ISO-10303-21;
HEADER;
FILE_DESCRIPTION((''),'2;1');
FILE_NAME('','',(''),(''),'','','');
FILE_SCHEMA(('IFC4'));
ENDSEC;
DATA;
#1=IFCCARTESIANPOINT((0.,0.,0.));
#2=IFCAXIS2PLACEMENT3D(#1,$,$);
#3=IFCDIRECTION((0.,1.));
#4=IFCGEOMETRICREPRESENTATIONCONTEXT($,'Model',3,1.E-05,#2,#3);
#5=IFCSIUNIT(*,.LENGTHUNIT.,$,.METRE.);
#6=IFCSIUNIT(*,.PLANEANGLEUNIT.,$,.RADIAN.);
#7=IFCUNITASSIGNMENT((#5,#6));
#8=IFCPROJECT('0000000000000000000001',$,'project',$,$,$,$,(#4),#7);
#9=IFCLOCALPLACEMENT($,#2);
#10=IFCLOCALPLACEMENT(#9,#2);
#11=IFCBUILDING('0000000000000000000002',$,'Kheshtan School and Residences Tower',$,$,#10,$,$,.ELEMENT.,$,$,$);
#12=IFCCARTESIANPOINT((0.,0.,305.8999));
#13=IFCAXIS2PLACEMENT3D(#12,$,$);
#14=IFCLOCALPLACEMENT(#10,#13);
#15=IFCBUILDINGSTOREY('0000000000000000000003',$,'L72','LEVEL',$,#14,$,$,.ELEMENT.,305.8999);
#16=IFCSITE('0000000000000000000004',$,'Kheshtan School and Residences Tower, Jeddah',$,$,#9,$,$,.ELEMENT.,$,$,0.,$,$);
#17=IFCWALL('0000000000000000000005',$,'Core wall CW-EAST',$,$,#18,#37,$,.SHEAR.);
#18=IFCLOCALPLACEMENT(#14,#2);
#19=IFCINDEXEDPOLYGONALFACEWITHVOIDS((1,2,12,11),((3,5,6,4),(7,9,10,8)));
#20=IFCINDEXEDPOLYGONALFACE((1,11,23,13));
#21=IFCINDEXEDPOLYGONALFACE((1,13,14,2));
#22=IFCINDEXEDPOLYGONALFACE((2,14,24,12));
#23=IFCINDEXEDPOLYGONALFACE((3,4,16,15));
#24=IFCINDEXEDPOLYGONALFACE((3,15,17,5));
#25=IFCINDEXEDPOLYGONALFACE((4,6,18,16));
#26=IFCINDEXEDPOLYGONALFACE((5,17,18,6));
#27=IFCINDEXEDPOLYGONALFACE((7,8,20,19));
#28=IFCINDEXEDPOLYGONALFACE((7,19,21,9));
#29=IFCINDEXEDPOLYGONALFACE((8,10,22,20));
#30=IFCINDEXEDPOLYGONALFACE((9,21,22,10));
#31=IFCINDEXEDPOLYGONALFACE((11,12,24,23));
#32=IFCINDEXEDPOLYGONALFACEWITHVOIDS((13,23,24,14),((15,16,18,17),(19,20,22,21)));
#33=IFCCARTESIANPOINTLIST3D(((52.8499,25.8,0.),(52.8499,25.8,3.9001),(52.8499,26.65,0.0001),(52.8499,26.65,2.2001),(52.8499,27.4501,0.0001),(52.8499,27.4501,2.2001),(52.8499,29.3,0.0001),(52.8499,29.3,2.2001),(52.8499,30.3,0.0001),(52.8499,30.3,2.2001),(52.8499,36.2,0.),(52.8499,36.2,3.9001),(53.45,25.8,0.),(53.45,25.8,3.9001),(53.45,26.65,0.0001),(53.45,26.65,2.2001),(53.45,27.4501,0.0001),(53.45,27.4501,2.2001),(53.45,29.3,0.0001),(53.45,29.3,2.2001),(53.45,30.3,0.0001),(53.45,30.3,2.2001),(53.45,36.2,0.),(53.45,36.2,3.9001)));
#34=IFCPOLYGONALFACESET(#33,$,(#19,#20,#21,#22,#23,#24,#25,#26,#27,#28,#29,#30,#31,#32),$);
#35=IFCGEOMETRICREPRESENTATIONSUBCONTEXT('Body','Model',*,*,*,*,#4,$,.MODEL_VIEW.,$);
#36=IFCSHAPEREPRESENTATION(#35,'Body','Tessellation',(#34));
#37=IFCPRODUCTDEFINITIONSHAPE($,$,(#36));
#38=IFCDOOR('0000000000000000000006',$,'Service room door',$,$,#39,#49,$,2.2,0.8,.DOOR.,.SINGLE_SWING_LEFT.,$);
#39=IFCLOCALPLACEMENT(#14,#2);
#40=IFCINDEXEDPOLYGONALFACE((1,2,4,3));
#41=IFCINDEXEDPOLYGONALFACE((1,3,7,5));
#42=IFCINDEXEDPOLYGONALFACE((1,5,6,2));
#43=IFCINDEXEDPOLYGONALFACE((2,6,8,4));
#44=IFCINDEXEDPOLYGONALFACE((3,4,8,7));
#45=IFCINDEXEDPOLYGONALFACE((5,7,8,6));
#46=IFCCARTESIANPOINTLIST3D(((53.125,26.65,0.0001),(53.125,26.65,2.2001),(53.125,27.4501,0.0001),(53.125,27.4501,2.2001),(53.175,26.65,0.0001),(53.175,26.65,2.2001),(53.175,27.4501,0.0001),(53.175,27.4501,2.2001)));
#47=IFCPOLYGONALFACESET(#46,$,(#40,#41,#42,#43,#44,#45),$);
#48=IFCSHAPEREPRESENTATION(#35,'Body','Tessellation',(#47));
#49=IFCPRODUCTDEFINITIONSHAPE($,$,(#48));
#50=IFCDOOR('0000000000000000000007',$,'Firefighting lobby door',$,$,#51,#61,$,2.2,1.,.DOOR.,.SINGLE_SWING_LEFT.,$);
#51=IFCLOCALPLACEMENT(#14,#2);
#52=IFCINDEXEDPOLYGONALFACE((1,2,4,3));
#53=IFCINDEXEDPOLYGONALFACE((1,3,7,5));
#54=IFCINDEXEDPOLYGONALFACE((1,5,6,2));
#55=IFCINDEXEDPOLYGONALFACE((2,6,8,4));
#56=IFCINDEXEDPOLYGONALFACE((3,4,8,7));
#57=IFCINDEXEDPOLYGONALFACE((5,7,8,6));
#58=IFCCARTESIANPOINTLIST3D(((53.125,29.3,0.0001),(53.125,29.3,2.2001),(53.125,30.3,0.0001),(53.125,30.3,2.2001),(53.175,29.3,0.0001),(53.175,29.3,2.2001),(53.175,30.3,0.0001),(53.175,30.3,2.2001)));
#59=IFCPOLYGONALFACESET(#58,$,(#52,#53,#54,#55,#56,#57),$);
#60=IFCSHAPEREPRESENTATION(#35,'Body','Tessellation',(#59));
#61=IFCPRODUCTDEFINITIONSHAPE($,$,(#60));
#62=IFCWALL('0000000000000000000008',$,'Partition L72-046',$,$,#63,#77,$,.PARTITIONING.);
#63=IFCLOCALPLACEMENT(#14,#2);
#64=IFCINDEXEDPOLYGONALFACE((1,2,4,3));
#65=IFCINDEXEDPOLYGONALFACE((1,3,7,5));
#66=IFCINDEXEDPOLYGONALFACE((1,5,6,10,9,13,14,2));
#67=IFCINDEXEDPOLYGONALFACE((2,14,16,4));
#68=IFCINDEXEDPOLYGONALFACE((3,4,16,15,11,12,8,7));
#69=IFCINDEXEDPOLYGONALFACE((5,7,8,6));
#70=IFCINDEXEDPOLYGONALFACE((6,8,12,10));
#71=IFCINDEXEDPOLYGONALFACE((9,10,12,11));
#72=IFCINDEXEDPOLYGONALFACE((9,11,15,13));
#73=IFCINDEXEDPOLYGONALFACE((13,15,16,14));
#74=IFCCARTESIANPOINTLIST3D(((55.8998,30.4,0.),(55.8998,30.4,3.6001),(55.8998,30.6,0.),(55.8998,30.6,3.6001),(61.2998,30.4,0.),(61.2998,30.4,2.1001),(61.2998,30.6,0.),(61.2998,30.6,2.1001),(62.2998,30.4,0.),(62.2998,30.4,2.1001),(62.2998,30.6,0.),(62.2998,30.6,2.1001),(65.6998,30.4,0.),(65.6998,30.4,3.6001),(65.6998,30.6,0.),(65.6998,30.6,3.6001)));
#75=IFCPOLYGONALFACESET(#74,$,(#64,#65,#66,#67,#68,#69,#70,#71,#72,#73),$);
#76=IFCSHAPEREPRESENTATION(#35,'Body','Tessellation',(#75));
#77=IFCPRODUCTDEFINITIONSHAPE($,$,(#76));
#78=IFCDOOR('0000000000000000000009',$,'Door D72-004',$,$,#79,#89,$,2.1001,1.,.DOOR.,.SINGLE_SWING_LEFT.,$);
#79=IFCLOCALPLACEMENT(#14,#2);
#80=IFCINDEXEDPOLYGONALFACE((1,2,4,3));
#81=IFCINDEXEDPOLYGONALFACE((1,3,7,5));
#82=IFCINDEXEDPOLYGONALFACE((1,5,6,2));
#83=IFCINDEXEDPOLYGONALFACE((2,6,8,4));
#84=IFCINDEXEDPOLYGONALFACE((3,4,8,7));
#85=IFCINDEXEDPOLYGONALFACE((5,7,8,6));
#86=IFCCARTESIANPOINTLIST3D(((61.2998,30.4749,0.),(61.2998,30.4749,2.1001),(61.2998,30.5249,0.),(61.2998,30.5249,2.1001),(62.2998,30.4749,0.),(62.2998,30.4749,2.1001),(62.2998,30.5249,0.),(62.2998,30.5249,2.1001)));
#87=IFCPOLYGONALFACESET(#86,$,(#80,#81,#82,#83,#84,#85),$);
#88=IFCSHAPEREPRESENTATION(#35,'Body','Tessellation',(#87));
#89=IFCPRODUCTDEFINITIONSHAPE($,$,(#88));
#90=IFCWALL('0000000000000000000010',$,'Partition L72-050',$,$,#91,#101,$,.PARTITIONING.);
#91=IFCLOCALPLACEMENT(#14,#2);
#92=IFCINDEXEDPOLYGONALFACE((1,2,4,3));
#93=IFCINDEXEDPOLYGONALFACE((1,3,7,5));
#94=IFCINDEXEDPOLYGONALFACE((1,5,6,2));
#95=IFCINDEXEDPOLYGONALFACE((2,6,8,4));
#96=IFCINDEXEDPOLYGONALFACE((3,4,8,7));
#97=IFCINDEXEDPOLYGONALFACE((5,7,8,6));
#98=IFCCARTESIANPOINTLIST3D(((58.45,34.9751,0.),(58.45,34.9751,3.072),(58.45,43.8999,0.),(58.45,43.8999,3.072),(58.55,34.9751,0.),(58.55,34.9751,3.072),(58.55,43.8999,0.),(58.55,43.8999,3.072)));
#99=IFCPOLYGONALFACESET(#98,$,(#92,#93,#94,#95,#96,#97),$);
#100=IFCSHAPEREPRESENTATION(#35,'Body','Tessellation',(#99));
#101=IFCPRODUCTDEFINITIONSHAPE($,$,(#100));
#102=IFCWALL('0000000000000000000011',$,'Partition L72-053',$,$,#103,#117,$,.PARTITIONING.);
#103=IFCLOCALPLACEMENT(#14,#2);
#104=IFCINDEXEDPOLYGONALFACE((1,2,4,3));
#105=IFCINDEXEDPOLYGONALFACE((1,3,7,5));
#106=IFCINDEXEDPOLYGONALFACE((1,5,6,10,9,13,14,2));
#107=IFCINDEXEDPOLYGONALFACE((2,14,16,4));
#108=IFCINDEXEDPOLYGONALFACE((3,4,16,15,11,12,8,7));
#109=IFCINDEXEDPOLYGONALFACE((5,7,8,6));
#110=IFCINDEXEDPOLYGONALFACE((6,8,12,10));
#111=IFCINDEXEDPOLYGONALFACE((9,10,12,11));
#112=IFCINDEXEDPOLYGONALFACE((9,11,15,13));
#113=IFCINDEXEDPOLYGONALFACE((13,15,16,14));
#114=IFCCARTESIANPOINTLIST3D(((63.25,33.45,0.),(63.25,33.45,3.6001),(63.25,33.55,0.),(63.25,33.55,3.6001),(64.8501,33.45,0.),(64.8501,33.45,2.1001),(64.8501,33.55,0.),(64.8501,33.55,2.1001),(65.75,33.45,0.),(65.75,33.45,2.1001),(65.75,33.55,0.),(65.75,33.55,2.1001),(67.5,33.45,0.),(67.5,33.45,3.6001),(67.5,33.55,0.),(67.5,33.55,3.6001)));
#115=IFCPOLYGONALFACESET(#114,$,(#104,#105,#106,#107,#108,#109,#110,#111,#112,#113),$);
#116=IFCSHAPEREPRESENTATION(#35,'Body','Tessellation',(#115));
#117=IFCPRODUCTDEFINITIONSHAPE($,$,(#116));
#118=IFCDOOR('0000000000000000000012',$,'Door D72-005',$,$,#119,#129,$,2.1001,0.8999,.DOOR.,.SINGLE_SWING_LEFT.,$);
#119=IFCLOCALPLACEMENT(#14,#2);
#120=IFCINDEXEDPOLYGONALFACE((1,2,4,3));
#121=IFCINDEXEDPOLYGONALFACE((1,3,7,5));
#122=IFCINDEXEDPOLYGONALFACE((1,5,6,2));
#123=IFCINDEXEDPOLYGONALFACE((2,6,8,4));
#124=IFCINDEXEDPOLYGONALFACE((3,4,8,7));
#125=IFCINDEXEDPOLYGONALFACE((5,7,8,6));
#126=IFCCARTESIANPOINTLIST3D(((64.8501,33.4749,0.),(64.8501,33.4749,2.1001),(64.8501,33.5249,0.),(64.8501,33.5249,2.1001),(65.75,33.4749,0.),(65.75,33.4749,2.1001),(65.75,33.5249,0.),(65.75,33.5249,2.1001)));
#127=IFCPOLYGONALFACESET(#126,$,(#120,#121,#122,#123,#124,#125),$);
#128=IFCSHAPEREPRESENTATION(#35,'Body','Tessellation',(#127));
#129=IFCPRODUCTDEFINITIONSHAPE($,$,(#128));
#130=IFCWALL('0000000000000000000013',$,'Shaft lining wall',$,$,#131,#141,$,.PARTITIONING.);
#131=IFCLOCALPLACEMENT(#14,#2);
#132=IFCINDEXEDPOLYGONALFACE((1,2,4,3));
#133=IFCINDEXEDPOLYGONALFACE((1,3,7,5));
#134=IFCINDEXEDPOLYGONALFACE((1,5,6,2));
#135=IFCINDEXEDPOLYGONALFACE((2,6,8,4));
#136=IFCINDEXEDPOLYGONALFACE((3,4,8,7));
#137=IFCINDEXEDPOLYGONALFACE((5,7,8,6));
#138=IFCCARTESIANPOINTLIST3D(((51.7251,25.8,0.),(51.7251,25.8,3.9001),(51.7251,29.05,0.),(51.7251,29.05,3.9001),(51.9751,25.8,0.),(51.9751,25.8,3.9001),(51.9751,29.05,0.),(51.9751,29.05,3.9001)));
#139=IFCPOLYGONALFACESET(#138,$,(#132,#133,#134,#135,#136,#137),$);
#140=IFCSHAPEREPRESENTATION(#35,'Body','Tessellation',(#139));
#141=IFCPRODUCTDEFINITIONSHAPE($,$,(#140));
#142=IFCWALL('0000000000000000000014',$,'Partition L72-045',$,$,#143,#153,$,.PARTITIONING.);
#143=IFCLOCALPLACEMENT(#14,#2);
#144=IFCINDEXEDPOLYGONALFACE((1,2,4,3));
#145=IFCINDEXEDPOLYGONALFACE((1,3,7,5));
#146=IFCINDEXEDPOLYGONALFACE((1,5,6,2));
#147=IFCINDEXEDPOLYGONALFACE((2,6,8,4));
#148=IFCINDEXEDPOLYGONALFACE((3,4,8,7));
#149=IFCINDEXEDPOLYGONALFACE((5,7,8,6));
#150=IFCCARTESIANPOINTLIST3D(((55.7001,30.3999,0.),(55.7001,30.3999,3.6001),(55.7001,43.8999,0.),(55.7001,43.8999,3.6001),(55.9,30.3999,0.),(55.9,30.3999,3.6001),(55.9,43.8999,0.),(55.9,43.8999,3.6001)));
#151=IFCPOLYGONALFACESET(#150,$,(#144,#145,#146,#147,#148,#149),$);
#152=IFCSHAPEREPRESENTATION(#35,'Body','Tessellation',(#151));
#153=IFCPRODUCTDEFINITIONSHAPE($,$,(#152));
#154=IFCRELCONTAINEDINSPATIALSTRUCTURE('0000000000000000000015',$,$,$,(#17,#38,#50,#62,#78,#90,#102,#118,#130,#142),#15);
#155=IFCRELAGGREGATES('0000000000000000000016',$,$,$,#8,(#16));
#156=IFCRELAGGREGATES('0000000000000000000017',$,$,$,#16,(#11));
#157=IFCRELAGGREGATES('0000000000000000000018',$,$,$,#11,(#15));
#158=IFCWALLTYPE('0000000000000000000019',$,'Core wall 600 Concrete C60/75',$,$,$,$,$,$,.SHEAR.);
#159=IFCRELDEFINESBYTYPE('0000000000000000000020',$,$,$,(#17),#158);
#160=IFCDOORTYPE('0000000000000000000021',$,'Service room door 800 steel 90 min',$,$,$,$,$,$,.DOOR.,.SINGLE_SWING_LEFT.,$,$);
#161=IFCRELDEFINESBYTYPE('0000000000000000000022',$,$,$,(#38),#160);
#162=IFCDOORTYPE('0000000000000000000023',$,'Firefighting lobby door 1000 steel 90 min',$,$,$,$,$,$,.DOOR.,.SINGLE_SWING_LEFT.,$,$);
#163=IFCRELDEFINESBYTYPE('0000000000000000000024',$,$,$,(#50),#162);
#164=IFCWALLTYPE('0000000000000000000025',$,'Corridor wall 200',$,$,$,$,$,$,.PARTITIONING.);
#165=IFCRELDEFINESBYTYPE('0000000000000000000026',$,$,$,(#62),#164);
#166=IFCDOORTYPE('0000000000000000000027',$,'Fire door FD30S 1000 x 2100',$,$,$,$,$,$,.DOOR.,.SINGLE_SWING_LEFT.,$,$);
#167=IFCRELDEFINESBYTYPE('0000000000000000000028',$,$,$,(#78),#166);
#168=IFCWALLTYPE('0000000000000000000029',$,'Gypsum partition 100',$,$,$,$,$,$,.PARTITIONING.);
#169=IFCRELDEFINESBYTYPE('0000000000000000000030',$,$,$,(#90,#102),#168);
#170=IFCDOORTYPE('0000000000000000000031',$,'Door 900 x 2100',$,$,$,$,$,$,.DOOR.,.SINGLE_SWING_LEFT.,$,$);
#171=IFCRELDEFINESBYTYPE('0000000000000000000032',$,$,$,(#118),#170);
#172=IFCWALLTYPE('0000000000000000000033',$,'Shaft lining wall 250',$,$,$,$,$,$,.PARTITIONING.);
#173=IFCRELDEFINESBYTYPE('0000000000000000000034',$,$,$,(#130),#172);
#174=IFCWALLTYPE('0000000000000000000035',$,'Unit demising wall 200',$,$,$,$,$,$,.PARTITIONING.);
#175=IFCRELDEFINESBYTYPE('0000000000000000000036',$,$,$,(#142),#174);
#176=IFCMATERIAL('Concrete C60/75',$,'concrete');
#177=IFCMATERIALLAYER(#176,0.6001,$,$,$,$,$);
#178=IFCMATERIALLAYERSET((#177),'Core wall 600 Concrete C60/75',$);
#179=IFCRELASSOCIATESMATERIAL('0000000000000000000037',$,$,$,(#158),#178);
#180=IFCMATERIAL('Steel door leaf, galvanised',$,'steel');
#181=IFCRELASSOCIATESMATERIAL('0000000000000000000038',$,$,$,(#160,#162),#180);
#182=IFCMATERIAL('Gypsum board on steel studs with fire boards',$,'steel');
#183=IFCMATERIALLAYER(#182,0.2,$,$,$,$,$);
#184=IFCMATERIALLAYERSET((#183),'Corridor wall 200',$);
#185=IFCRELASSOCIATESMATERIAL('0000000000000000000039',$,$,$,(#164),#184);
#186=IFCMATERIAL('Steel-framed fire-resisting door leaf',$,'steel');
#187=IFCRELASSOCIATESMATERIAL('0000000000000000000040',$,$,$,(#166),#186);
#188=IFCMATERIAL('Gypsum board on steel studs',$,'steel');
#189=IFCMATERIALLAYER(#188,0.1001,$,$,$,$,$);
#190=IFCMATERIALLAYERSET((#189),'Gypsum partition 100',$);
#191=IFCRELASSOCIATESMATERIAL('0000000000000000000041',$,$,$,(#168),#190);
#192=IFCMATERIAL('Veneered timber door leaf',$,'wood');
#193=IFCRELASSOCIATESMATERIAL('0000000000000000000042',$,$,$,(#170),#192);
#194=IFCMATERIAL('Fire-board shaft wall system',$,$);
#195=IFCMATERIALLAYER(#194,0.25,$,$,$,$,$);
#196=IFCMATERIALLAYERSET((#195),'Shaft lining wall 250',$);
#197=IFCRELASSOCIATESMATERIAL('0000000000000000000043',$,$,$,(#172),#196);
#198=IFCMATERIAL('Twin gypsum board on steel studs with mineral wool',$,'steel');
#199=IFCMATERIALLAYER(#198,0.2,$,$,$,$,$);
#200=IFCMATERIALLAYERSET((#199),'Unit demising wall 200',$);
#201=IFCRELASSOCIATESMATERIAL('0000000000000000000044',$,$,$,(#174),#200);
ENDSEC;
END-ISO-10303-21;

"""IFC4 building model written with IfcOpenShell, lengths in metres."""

from ifc_helpers import new_model, si_unit, direction, frame, frame_2d, origin, place, context, subcontext, project, spatial, rectangle, extrude, source, transform, mapped, material, layer, layer_set, type_object, element, fill, save


model = new_model("IFC4")

# Units and contexts
model_context = context("Model", 3, precision=1e-05, world=origin(), true_north=direction((0.0, 1.0)))
body_context = subcontext(model_context, "Body", "Model", "MODEL_VIEW")
ifc_project = project(units=[si_unit("LENGTHUNIT", "METRE"), si_unit("PLANEANGLEUNIT", "RADIAN")], contexts=[model_context])

# Site, building, storey
site_placement = place(None, origin())
site = spatial("IfcSite", under=ifc_project, at=site_placement, Name="Kheshtan School and Residences Tower, Jeddah", CompositionType="ELEMENT", RefElevation=0.0)
building_placement = place(site_placement, origin())
building = spatial("IfcBuilding", under=site, at=building_placement, Name="Kheshtan School and Residences Tower", CompositionType="ELEMENT")
storey_placement = place(building_placement, frame((0.0, 0.0, 305.8999)))
storey = spatial("IfcBuildingStorey", under=building, at=storey_placement, Name="L72", Description="LEVEL", CompositionType="ELEMENT", Elevation=305.8999)

# Wall, openings, doors
ifc_material_1 = material(Name="Concrete C60/75", Category="concrete")
ifc_layer_1 = layer(ifc_material_1, 0.6001)
ifc_layer_set_1 = layer_set([ifc_layer_1], Name="Core wall 600 Concrete C60/75")
wall_type_1 = type_object("IfcWallType", Name="Core wall 600 Concrete C60/75", PredefinedType="SHEAR", material=ifc_layer_set_1)
wall_1_placement = place(storey_placement, frame((53.1499, 25.8, 0.0), z_axis=(0.0, 0.0, 1.0), x_axis=(0.0, 1.0, 0.0)))
wall_1 = element("IfcWall", 1, at=wall_1_placement, inside=storey, type_object=wall_type_1, Name="Core wall CW-EAST", PredefinedType="SHEAR", context=body_context, shape_type="SweptSolid", body=[
    extrude(rectangle(XDim=10.3999, YDim=0.6001, at=frame_2d((5.2, 0.0))), origin(), (0.0, 0.0, 1.0), 3.9001),
])
opening_1_placement = place(wall_1_placement, frame((0.8501, 0.0, 0.0)))
opening_1 = element("IfcOpeningElement", 2, at=opening_1_placement, cuts=wall_1, PredefinedType="OPENING", context=body_context, shape_type="SweptSolid", body=[
    extrude(rectangle(XDim=0.8, YDim=2.2, at=frame_2d((0.3999, 1.1001))), frame((0.0, 0.3101, 0.0), z_axis=(0.0, -1.0, 0.0), x_axis=(1.0, 0.0, 0.0)), (0.0, 0.0, 1.0), 0.6201),
])
opening_2_placement = place(wall_1_placement, frame((3.5, 0.0, 0.0)))
opening_2 = element("IfcOpeningElement", 3, at=opening_2_placement, cuts=wall_1, PredefinedType="OPENING", context=body_context, shape_type="SweptSolid", body=[
    extrude(rectangle(XDim=1.0, YDim=2.2, at=frame_2d((0.5, 1.1001))), frame((0.0, 0.3101, 0.0), z_axis=(0.0, -1.0, 0.0), x_axis=(1.0, 0.0, 0.0)), (0.0, 0.0, 1.0), 0.6201),
])
ifc_material_2 = material(Name="Steel door leaf, galvanised", Category="steel")
door_type_1 = type_object("IfcDoorType", Name="Service room door 800 steel 90 min", OperationType="SINGLE_SWING_LEFT", PredefinedType="DOOR", material=ifc_material_2)
shared_shape_1 = source(origin(), body_context, "Body", "SweptSolid", [
    extrude(rectangle(XDim=0.8, YDim=2.2, at=frame_2d((0.3999, 1.1001))), frame((0.0, 0.0249, 0.0), z_axis=(0.0, -1.0, 0.0), x_axis=(1.0, 0.0, 0.0)), (0.0, 0.0, 1.0), 0.05),
])
door_1_placement = place(opening_1_placement, origin())
door_1 = element("IfcDoor", 4, at=door_1_placement, inside=storey, type_object=door_type_1, Name="Service room door", OperationType="SINGLE_SWING_LEFT", OverallHeight=2.2, OverallWidth=0.8, PredefinedType="DOOR", context=body_context, shape_type="MappedRepresentation", body=[
    mapped(shared_shape_1, transform((0.0, 0.0, 0.0), x_axis=(1.0, 0.0, 0.0), y_axis=(0.0, 1.0, 0.0), z_axis=(0.0, 0.0, 1.0), scale=1.0)),
])
fill(opening_1, door_1)
door_type_2 = type_object("IfcDoorType", Name="Firefighting lobby door 1000 steel 90 min", OperationType="SINGLE_SWING_LEFT", PredefinedType="DOOR", material=ifc_material_2)
shared_shape_2 = source(origin(), body_context, "Body", "SweptSolid", [
    extrude(rectangle(XDim=1.0, YDim=2.2, at=frame_2d((0.5, 1.1001))), frame((0.0, 0.0249, 0.0), z_axis=(0.0, -1.0, 0.0), x_axis=(1.0, 0.0, 0.0)), (0.0, 0.0, 1.0), 0.05),
])
door_2_placement = place(opening_2_placement, origin())
door_2 = element("IfcDoor", 5, at=door_2_placement, inside=storey, type_object=door_type_2, Name="Firefighting lobby door", OperationType="SINGLE_SWING_LEFT", OverallHeight=2.2, OverallWidth=1.0, PredefinedType="DOOR", context=body_context, shape_type="MappedRepresentation", body=[
    mapped(shared_shape_2, transform((0.0, 0.0, 0.0), x_axis=(1.0, 0.0, 0.0), y_axis=(0.0, 1.0, 0.0), z_axis=(0.0, 0.0, 1.0), scale=1.0)),
])
fill(opening_2, door_2)

# Wall, opening, door
ifc_material_3 = material(Name="Gypsum board on steel studs with fire boards", Category="steel")
ifc_layer_2 = layer(ifc_material_3, 0.2)
ifc_layer_set_2 = layer_set([ifc_layer_2], Name="Corridor wall 200")
wall_type_2 = type_object("IfcWallType", Name="Corridor wall 200", PredefinedType="PARTITIONING", material=ifc_layer_set_2)
wall_2_placement = place(storey_placement, frame((55.8999, 30.5, 0.0), z_axis=(0.0, 0.0, 1.0), x_axis=(1.0, 0.0, 0.0)))
wall_2 = element("IfcWall", 6, at=wall_2_placement, inside=storey, type_object=wall_type_2, Name="Partition L72-046", PredefinedType="PARTITIONING", context=body_context, shape_type="SweptSolid", body=[
    extrude(rectangle(XDim=9.8, YDim=0.2, at=frame_2d((4.8999, 0.0))), origin(), (0.0, 0.0, 1.0), 3.6001),
])
opening_3_placement = place(wall_2_placement, frame((5.3999, 0.0, 0.0)))
opening_3 = element("IfcOpeningElement", 7, at=opening_3_placement, cuts=wall_2, PredefinedType="OPENING", context=body_context, shape_type="SweptSolid", body=[
    extrude(rectangle(XDim=1.0, YDim=2.1001, at=frame_2d((0.5, 1.05))), frame((0.0, 0.1099, 0.0), z_axis=(0.0, -1.0, 0.0), x_axis=(1.0, 0.0, 0.0)), (0.0, 0.0, 1.0), 0.22),
])
ifc_material_4 = material(Name="Steel-framed fire-resisting door leaf", Category="steel")
door_type_3 = type_object("IfcDoorType", Name="Fire door FD30S 1000 x 2100", OperationType="SINGLE_SWING_LEFT", PredefinedType="DOOR", material=ifc_material_4)
shared_shape_3 = source(origin(), body_context, "Body", "SweptSolid", [
    extrude(rectangle(XDim=1.0, YDim=2.1001, at=frame_2d((0.5, 1.05))), frame((0.0, 0.0249, 0.0), z_axis=(0.0, -1.0, 0.0), x_axis=(1.0, 0.0, 0.0)), (0.0, 0.0, 1.0), 0.05),
])
door_3_placement = place(opening_3_placement, origin())
door_3 = element("IfcDoor", 8, at=door_3_placement, inside=storey, type_object=door_type_3, Name="Door D72-004", OperationType="SINGLE_SWING_LEFT", OverallHeight=2.1001, OverallWidth=1.0, PredefinedType="DOOR", context=body_context, shape_type="MappedRepresentation", body=[
    mapped(shared_shape_3, transform((0.0, 0.0, 0.0), x_axis=(1.0, 0.0, 0.0), y_axis=(0.0, 1.0, 0.0), z_axis=(0.0, 0.0, 1.0), scale=1.0)),
])
fill(opening_3, door_3)

# Wall
ifc_material_5 = material(Name="Gypsum board on steel studs", Category="steel")
ifc_layer_3 = layer(ifc_material_5, 0.1001)
ifc_layer_set_3 = layer_set([ifc_layer_3], Name="Gypsum partition 100")
wall_type_3 = type_object("IfcWallType", Name="Gypsum partition 100", PredefinedType="PARTITIONING", material=ifc_layer_set_3)
wall_3_placement = place(storey_placement, frame((58.5, 34.9751, 0.0), z_axis=(0.0, 0.0, 1.0), x_axis=(0.0, 1.0, 0.0)))
element("IfcWall", 9, at=wall_3_placement, inside=storey, type_object=wall_type_3, Name="Partition L72-050", PredefinedType="PARTITIONING", context=body_context, shape_type="SweptSolid", body=[
    extrude(rectangle(XDim=8.9248, YDim=0.1001, at=frame_2d((4.4624, 0.0))), origin(), (0.0, 0.0, 1.0), 3.072),
])

# Wall, opening, door
wall_4_placement = place(storey_placement, frame((63.25, 33.5, 0.0), z_axis=(0.0, 0.0, 1.0), x_axis=(1.0, 0.0, 0.0)))
wall_4 = element("IfcWall", 10, at=wall_4_placement, inside=storey, type_object=wall_type_3, Name="Partition L72-053", PredefinedType="PARTITIONING", context=body_context, shape_type="SweptSolid", body=[
    extrude(rectangle(XDim=4.25, YDim=0.1001, at=frame_2d((2.125, 0.0))), origin(), (0.0, 0.0, 1.0), 3.6001),
])
opening_4_placement = place(wall_4_placement, frame((1.6001, 0.0, 0.0)))
opening_4 = element("IfcOpeningElement", 11, at=opening_4_placement, cuts=wall_4, PredefinedType="OPENING", context=body_context, shape_type="SweptSolid", body=[
    extrude(rectangle(XDim=0.8999, YDim=2.1001, at=frame_2d((0.45, 1.05))), frame((0.0, 0.0601, 0.0), z_axis=(0.0, -1.0, 0.0), x_axis=(1.0, 0.0, 0.0)), (0.0, 0.0, 1.0), 0.1201),
])
ifc_material_6 = material(Name="Veneered timber door leaf", Category="wood")
door_type_4 = type_object("IfcDoorType", Name="Door 900 x 2100", OperationType="SINGLE_SWING_LEFT", PredefinedType="DOOR", material=ifc_material_6)
shared_shape_4 = source(origin(), body_context, "Body", "SweptSolid", [
    extrude(rectangle(XDim=0.8999, YDim=2.1001, at=frame_2d((0.45, 1.05))), frame((0.0, 0.0249, 0.0), z_axis=(0.0, -1.0, 0.0), x_axis=(1.0, 0.0, 0.0)), (0.0, 0.0, 1.0), 0.05),
])
door_4_placement = place(opening_4_placement, origin())
door_4 = element("IfcDoor", 12, at=door_4_placement, inside=storey, type_object=door_type_4, Name="Door D72-005", OperationType="SINGLE_SWING_LEFT", OverallHeight=2.1001, OverallWidth=0.8999, PredefinedType="DOOR", context=body_context, shape_type="MappedRepresentation", body=[
    mapped(shared_shape_4, transform((0.0, 0.0, 0.0), x_axis=(1.0, 0.0, 0.0), y_axis=(0.0, 1.0, 0.0), z_axis=(0.0, 0.0, 1.0), scale=1.0)),
])
fill(opening_4, door_4)

# Walls
ifc_material_7 = material(Name="Fire-board shaft wall system")
ifc_layer_4 = layer(ifc_material_7, 0.25)
ifc_layer_set_4 = layer_set([ifc_layer_4], Name="Shaft lining wall 250")
wall_type_4 = type_object("IfcWallType", Name="Shaft lining wall 250", PredefinedType="PARTITIONING", material=ifc_layer_set_4)
wall_5_placement = place(storey_placement, frame((51.8501, 25.8, 0.0), z_axis=(0.0, 0.0, 1.0), x_axis=(0.0, 1.0, 0.0)))
element("IfcWall", 13, at=wall_5_placement, inside=storey, type_object=wall_type_4, Name="Shaft lining wall", PredefinedType="PARTITIONING", context=body_context, shape_type="SweptSolid", body=[
    extrude(rectangle(XDim=3.25, YDim=0.25, at=frame_2d((1.625, 0.0))), origin(), (0.0, 0.0, 1.0), 3.9001),
])
ifc_material_8 = material(Name="Twin gypsum board on steel studs with mineral wool", Category="steel")
ifc_layer_5 = layer(ifc_material_8, 0.2)
ifc_layer_set_5 = layer_set([ifc_layer_5], Name="Unit demising wall 200")
wall_type_5 = type_object("IfcWallType", Name="Unit demising wall 200", PredefinedType="PARTITIONING", material=ifc_layer_set_5)
wall_6_placement = place(storey_placement, frame((55.8, 30.3999, 0.0), z_axis=(0.0, 0.0, 1.0), x_axis=(0.0, 1.0, 0.0)))
element("IfcWall", 14, at=wall_6_placement, inside=storey, type_object=wall_type_5, Name="Partition L72-045", PredefinedType="PARTITIONING", context=body_context, shape_type="SweptSolid", body=[
    extrude(rectangle(XDim=13.5, YDim=0.2, at=frame_2d((6.75, 0.0))), origin(), (0.0, 0.0, 1.0), 3.6001),
])

save(model, "model.ifc")
